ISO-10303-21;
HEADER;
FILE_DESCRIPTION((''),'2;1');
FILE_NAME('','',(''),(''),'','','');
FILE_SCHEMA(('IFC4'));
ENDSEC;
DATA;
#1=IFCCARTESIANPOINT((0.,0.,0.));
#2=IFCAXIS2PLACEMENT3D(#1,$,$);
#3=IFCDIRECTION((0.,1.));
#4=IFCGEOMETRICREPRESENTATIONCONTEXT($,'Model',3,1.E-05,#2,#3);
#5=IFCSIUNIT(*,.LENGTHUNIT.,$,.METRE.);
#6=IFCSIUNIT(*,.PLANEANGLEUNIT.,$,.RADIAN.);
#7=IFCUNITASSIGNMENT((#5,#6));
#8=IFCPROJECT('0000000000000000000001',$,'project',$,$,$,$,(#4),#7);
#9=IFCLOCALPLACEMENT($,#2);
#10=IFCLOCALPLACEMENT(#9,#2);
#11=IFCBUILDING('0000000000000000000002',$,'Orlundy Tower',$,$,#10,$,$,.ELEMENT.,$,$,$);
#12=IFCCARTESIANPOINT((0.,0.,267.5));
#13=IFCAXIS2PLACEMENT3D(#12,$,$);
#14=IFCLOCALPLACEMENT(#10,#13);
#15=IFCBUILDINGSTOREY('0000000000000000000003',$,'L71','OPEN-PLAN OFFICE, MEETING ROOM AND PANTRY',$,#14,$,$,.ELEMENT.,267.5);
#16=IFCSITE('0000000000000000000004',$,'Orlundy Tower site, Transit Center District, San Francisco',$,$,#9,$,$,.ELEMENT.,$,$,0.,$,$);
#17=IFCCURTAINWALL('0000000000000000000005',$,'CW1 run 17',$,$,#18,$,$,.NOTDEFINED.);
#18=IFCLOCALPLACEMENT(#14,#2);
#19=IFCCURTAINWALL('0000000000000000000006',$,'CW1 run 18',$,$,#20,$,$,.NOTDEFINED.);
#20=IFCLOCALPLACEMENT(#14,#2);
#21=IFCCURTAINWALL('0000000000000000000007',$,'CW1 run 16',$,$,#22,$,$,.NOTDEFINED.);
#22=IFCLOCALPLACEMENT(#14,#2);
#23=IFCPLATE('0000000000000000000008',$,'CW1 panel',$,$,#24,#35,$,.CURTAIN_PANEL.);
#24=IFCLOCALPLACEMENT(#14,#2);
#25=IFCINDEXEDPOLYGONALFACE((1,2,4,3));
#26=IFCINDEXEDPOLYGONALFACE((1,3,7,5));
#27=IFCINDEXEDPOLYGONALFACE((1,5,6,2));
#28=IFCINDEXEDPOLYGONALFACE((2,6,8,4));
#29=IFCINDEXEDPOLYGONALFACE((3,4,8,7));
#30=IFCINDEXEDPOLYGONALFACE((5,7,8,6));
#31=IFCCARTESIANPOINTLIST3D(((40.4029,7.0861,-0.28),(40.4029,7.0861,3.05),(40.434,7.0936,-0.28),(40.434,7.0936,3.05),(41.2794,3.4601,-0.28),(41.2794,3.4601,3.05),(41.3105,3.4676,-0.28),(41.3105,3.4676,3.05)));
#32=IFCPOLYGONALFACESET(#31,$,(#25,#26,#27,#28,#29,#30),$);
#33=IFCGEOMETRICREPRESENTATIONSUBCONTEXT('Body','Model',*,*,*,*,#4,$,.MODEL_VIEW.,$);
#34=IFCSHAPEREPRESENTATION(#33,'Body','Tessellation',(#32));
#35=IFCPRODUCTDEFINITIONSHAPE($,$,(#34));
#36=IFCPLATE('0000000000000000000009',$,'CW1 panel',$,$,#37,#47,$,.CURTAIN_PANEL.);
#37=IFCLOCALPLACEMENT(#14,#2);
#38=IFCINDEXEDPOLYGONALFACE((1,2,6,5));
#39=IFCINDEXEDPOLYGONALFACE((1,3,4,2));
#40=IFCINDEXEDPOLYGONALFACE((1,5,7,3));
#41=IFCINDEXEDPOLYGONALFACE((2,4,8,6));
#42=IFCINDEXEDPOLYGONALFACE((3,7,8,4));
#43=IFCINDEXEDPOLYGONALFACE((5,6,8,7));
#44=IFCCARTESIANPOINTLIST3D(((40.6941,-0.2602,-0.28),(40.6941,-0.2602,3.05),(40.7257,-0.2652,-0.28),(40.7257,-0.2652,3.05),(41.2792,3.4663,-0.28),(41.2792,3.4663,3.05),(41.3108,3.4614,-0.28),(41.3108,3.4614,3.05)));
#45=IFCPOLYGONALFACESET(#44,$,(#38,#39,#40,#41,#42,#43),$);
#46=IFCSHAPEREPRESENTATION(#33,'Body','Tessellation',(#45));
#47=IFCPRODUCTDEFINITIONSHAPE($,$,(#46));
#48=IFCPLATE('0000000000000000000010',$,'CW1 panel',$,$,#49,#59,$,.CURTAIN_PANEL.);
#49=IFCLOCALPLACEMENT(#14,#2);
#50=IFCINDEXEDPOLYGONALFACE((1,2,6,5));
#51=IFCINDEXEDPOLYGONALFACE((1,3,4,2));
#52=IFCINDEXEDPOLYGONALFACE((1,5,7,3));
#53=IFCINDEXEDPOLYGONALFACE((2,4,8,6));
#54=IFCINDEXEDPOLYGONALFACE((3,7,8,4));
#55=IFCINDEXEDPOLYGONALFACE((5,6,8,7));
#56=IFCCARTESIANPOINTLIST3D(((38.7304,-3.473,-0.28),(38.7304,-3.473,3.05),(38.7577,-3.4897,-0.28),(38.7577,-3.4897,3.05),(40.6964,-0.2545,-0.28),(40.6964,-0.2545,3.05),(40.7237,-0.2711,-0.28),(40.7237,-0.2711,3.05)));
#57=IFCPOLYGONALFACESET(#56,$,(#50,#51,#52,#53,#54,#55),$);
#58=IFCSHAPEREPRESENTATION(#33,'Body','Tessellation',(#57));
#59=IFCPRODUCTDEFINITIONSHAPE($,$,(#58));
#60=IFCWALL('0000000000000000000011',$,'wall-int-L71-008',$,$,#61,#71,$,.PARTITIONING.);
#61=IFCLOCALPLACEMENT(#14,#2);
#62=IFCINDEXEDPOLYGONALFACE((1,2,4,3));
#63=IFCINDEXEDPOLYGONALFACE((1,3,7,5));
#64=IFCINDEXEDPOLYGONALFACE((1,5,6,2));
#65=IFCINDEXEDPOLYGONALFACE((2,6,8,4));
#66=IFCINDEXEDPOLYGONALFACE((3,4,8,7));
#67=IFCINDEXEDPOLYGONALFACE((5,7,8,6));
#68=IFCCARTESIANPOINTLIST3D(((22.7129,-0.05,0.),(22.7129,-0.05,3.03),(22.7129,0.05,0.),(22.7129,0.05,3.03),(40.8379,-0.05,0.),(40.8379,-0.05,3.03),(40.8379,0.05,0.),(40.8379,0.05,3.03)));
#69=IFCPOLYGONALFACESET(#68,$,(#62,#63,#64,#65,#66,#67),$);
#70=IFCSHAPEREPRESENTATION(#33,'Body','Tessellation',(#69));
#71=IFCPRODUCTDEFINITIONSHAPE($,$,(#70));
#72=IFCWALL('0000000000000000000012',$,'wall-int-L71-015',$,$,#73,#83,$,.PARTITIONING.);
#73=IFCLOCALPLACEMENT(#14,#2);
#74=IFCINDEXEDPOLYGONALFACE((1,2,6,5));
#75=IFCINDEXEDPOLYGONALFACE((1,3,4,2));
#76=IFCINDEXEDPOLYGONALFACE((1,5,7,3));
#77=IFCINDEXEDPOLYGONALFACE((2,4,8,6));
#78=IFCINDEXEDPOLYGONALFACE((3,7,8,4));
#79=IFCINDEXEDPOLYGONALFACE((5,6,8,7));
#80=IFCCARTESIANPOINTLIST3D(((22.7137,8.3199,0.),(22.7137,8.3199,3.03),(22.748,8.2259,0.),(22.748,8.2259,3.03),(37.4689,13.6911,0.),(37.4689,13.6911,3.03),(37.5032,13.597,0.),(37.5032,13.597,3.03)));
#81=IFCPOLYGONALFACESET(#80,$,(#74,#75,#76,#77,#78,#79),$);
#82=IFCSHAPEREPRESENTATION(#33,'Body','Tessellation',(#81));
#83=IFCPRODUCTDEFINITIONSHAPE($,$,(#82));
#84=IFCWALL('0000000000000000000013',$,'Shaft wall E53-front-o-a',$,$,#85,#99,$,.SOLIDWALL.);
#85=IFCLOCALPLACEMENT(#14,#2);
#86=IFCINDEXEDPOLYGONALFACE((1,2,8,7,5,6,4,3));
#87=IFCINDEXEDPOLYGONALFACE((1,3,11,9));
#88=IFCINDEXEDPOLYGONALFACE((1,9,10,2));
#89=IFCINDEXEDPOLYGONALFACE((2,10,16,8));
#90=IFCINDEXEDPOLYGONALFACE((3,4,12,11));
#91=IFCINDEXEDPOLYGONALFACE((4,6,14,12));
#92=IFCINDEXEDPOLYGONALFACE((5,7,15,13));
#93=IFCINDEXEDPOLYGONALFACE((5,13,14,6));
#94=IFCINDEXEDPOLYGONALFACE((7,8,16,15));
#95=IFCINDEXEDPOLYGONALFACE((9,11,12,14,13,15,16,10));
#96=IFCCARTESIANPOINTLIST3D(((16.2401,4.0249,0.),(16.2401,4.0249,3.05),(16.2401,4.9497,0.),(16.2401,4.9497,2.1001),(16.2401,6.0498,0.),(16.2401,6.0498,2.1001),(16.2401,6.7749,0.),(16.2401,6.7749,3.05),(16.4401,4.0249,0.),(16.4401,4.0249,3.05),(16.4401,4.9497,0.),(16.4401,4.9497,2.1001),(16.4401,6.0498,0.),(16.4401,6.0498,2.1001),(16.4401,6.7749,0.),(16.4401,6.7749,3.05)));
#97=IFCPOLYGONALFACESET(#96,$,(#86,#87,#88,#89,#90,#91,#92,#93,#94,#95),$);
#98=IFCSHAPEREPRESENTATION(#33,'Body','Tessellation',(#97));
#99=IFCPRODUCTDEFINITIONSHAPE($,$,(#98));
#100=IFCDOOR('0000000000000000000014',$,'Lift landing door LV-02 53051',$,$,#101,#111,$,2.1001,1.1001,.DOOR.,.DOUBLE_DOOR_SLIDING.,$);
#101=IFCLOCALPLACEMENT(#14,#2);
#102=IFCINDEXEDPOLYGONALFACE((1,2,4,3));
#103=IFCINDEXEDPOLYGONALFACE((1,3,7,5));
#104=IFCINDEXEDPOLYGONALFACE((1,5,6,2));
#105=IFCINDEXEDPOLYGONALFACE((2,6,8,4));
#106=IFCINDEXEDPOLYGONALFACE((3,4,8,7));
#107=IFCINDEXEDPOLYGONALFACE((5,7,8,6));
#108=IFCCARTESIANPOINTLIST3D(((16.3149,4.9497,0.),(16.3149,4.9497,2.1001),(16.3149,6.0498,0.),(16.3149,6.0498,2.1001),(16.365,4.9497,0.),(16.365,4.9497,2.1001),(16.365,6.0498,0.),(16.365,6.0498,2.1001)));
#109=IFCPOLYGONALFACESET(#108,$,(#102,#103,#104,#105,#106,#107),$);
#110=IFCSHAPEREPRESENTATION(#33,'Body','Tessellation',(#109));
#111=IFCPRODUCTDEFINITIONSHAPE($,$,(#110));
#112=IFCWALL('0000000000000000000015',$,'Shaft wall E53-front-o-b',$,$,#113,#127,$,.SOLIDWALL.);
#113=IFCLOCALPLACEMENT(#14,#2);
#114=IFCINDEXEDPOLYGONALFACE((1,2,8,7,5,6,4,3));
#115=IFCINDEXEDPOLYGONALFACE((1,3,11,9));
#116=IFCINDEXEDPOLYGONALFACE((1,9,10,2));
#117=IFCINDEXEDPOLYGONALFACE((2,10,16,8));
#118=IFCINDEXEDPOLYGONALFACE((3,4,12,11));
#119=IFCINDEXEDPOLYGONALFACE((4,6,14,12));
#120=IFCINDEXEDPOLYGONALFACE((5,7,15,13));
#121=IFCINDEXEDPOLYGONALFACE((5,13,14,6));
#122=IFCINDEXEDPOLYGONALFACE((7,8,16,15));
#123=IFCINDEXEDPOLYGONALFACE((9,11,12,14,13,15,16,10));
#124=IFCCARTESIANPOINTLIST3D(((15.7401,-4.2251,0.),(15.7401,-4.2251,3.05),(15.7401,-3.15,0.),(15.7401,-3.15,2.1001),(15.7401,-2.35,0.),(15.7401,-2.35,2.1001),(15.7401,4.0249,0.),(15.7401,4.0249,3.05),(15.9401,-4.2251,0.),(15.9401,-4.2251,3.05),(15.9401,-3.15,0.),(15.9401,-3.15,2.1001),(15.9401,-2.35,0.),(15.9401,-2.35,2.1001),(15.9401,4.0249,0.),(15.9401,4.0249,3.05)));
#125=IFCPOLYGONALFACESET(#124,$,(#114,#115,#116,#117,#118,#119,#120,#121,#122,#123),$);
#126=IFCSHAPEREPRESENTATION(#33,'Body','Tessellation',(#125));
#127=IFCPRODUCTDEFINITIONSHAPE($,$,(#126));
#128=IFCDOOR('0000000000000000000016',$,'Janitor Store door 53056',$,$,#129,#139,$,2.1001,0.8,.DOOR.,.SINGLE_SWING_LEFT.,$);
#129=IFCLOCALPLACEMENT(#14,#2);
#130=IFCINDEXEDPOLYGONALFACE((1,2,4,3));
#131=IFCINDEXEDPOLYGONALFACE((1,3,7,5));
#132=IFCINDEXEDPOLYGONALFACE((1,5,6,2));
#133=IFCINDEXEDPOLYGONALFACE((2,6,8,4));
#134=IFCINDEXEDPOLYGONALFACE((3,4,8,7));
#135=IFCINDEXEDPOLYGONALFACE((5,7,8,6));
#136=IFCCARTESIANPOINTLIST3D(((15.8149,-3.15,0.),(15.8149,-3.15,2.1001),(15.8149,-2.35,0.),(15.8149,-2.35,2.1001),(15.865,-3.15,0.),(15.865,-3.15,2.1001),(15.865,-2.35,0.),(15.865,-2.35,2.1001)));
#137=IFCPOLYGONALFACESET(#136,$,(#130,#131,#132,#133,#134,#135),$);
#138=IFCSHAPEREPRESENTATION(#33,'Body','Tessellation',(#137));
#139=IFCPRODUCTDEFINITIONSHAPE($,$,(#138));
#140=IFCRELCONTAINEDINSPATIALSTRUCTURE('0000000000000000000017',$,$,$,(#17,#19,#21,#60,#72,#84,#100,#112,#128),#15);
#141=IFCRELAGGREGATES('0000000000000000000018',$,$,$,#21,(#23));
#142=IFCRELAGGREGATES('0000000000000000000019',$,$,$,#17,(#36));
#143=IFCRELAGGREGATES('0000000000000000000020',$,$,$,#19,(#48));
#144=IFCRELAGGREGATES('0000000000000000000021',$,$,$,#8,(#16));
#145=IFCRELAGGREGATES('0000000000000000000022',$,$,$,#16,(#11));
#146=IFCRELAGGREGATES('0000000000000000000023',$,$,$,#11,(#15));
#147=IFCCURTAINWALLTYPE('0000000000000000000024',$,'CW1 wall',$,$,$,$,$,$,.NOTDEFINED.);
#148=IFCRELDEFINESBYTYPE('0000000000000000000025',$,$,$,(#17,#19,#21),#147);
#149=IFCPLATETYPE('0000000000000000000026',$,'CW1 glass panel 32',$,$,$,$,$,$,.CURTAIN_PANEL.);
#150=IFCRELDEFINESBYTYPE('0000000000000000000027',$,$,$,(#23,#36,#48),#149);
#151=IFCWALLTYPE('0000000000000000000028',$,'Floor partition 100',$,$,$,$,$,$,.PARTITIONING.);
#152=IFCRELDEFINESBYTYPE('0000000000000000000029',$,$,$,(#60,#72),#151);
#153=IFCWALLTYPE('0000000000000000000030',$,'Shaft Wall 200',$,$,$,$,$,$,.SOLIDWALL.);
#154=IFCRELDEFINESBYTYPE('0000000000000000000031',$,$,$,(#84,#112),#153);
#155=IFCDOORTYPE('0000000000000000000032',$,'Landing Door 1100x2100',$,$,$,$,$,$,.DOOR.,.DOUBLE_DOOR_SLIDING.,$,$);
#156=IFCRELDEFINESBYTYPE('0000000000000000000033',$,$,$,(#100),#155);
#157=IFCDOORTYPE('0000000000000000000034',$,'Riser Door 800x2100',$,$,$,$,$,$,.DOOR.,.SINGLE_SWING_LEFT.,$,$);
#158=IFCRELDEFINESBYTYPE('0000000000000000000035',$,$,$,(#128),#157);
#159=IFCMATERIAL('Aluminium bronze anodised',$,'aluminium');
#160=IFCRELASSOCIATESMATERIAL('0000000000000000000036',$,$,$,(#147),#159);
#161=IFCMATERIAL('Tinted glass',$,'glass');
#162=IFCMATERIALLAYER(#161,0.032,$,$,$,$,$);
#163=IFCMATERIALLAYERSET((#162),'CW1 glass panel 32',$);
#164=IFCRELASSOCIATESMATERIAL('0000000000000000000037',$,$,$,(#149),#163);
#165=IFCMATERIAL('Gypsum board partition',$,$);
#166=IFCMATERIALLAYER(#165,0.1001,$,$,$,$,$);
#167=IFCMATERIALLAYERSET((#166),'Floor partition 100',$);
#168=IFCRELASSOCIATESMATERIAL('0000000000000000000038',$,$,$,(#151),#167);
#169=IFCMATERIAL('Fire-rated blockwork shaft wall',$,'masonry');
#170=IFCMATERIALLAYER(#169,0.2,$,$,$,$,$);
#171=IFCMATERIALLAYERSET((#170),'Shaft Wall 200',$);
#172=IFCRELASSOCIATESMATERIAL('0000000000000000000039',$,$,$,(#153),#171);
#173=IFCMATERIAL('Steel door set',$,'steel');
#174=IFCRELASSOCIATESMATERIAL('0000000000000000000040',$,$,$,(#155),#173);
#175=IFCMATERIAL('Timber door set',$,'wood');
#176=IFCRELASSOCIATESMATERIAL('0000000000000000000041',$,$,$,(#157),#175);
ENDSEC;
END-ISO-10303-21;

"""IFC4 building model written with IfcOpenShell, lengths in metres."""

from ifc_helpers import new_model, si_unit, direction, frame, frame_2d, origin, origin_2d, place, context, subcontext, project, spatial, rectangle, extrude, material, layer, layer_set, type_object, element, fill, aggregate, save


model = new_model("IFC4")

# Units and contexts
model_context = context("Model", 3, precision=1e-05, world=origin(), true_north=direction((0.0, 1.0)))
body_context = subcontext(model_context, "Body", "Model", "MODEL_VIEW")
ifc_project = project(units=[si_unit("LENGTHUNIT", "METRE"), si_unit("PLANEANGLEUNIT", "RADIAN")], contexts=[model_context])

# Site, building, storey
site_placement = place(None, origin())
site = spatial("IfcSite", under=ifc_project, at=site_placement, Name="Orlundy Tower site, Transit Center District, San Francisco", CompositionType="ELEMENT", RefElevation=0.0)
building_placement = place(site_placement, origin())
building = spatial("IfcBuilding", under=site, at=building_placement, Name="Orlundy Tower", CompositionType="ELEMENT")
storey_placement = place(building_placement, frame((0.0, 0.0, 267.5)))
storey = spatial("IfcBuildingStorey", under=building, at=storey_placement, Name="L71", Description="OPEN-PLAN OFFICE, MEETING ROOM AND PANTRY", CompositionType="ELEMENT", Elevation=267.5)

# Curtain walls
ifc_material_1 = material(Name="Aluminium bronze anodised", Category="aluminium")
curtain_wall_type = type_object("IfcCurtainWallType", Name="CW1 wall", PredefinedType="NOTDEFINED", material=ifc_material_1)
curtain_wall_1_placement = place(storey_placement, origin())
curtain_wall_1 = element("IfcCurtainWall", 1, at=curtain_wall_1_placement, inside=storey, type_object=curtain_wall_type, Name="CW1 run 17", PredefinedType="NOTDEFINED")
curtain_wall_2_placement = place(storey_placement, origin())
curtain_wall_2 = element("IfcCurtainWall", 2, at=curtain_wall_2_placement, inside=storey, type_object=curtain_wall_type, Name="CW1 run 18", PredefinedType="NOTDEFINED")
curtain_wall_3_placement = place(storey_placement, origin())
curtain_wall_3 = element("IfcCurtainWall", 3, at=curtain_wall_3_placement, inside=storey, type_object=curtain_wall_type, Name="CW1 run 16", PredefinedType="NOTDEFINED")

# Plates
ifc_material_2 = material(Name="Tinted glass", Category="glass")
ifc_layer_1 = layer(ifc_material_2, 0.032)
ifc_layer_set_1 = layer_set([ifc_layer_1], Name="CW1 glass panel 32")
plate_type = type_object("IfcPlateType", Name="CW1 glass panel 32", PredefinedType="CURTAIN_PANEL", material=ifc_layer_set_1)
plate_1_placement = place(storey_placement, frame((40.8567, 5.2769, -0.28), z_axis=(0.0, 0.0, 1.0), x_axis=(0.234975, -0.972002, 0.0)))
plate_1 = element("IfcPlate", 4, at=plate_1_placement, type_object=plate_type, Name="CW1 panel", PredefinedType="CURTAIN_PANEL", context=body_context, shape_type="SweptSolid", body=[
    extrude(rectangle(XDim=3.7305, YDim=0.032, at=origin_2d()), origin(), (0.0, 0.0, 1.0), 3.3301),
])
aggregate(curtain_wall_3, [plate_1])
plate_2_placement = place(storey_placement, frame((41.0024, 1.6006, -0.28), z_axis=(0.0, 0.0, 1.0), x_axis=(-0.155117, -0.987896, 0.0)))
plate_2 = element("IfcPlate", 5, at=plate_2_placement, type_object=plate_type, Name="CW1 panel", PredefinedType="CURTAIN_PANEL", context=body_context, shape_type="SweptSolid", body=[
    extrude(rectangle(XDim=3.7722, YDim=0.032, at=origin_2d()), origin(), (0.0, 0.0, 1.0), 3.3301),
])
aggregate(curtain_wall_1, [plate_2])
plate_3_placement = place(storey_placement, frame((39.7271, -1.8721, -0.28), z_axis=(0.0, 0.0, 1.0), x_axis=(-0.521264, -0.853395, 0.0)))
plate_3 = element("IfcPlate", 6, at=plate_3_placement, type_object=plate_type, Name="CW1 panel", PredefinedType="CURTAIN_PANEL", context=body_context, shape_type="SweptSolid", body=[
    extrude(rectangle(XDim=3.7715, YDim=0.032, at=origin_2d()), origin(), (0.0, 0.0, 1.0), 3.3301),
])
aggregate(curtain_wall_2, [plate_3])

# Walls
ifc_material_3 = material(Name="Gypsum board partition")
ifc_layer_2 = layer(ifc_material_3, 0.1001)
ifc_layer_set_2 = layer_set([ifc_layer_2], Name="Floor partition 100")
wall_type_1 = type_object("IfcWallType", Name="Floor partition 100", PredefinedType="PARTITIONING", material=ifc_layer_set_2)
wall_1_placement = place(storey_placement, frame((22.7129, 0.0, 0.0), z_axis=(0.0, 0.0, 1.0), x_axis=(1.0, 0.0, 0.0)))
element("IfcWall", 7, at=wall_1_placement, inside=storey, type_object=wall_type_1, Name="wall-int-L71-008", PredefinedType="PARTITIONING", context=body_context, shape_type="SweptSolid", body=[
    extrude(rectangle(XDim=18.125, YDim=0.1001, at=frame_2d((9.0625, 0.0))), origin(), (0.0, 0.0, 1.0), 3.03),
])
wall_2_placement = place(storey_placement, frame((22.731, 8.2729, 0.0), z_axis=(0.0, 0.0, 1.0), x_axis=(0.939679, 0.342058, 0.0)))
element("IfcWall", 8, at=wall_2_placement, inside=storey, type_object=wall_type_1, Name="wall-int-L71-015", PredefinedType="PARTITIONING", context=body_context, shape_type="SweptSolid", body=[
    extrude(rectangle(XDim=15.7024, YDim=0.1001, at=frame_2d((7.8511, 0.0))), origin(), (0.0, 0.0, 1.0), 3.03),
])

# Walls, openings, doors
ifc_material_4 = material(Name="Fire-rated blockwork shaft wall", Category="masonry")
ifc_layer_3 = layer(ifc_material_4, 0.2)
ifc_layer_set_3 = layer_set([ifc_layer_3], Name="Shaft Wall 200")
wall_type_2 = type_object("IfcWallType", Name="Shaft Wall 200", PredefinedType="SOLIDWALL", material=ifc_layer_set_3)
wall_3_placement = place(storey_placement, frame((16.3401, 6.7749, 0.0), z_axis=(0.0, 0.0, 1.0), x_axis=(0.0, -1.0, 0.0)))
wall_3 = element("IfcWall", 9, at=wall_3_placement, inside=storey, type_object=wall_type_2, Name="Shaft wall E53-front-o-a", PredefinedType="SOLIDWALL", context=body_context, shape_type="SweptSolid", body=[
    extrude(rectangle(XDim=2.75, YDim=0.2, at=frame_2d((1.375, 0.0))), origin(), (0.0, 0.0, 1.0), 3.05),
])
opening_1_placement = place(wall_3_placement, frame((0.7251, 0.0, 0.0)))
opening_1 = element("IfcOpeningElement", 10, at=opening_1_placement, cuts=wall_3, PredefinedType="OPENING", context=body_context, shape_type="SweptSolid", body=[
    extrude(rectangle(XDim=1.1001, YDim=2.1001, at=frame_2d((0.55, 1.05))), frame((0.0, 0.1101, 0.0), z_axis=(0.0, -1.0, 0.0), x_axis=(1.0, 0.0, 0.0)), (0.0, 0.0, 1.0), 0.2202),
])
ifc_material_5 = material(Name="Steel door set", Category="steel")
door_type_1 = type_object("IfcDoorType", Name="Landing Door 1100x2100", OperationType="DOUBLE_DOOR_SLIDING", PredefinedType="DOOR", material=ifc_material_5)
door_1_placement = place(opening_1_placement, origin())
door_1 = element("IfcDoor", 11, at=door_1_placement, inside=storey, type_object=door_type_1, Name="Lift landing door LV-02 53051", OperationType="DOUBLE_DOOR_SLIDING", OverallHeight=2.1001, OverallWidth=1.1001, PredefinedType="DOOR", context=body_context, shape_type="SweptSolid", body=[
    extrude(rectangle(XDim=1.1001, YDim=2.1001, at=frame_2d((0.55, 1.05))), frame((0.0, 0.0249, 0.0), z_axis=(0.0, -1.0, 0.0), x_axis=(1.0, 0.0, 0.0)), (0.0, 0.0, 1.0), 0.05),
])
fill(opening_1, door_1)
wall_4_placement = place(storey_placement, frame((15.8401, 4.0249, 0.0), z_axis=(0.0, 0.0, 1.0), x_axis=(0.0, -1.0, 0.0)))
wall_4 = element("IfcWall", 12, at=wall_4_placement, inside=storey, type_object=wall_type_2, Name="Shaft wall E53-front-o-b", PredefinedType="SOLIDWALL", context=body_context, shape_type="SweptSolid", body=[
    extrude(rectangle(XDim=8.25, YDim=0.2, at=frame_2d((4.125, 0.0))), origin(), (0.0, 0.0, 1.0), 3.05),
])
opening_2_placement = place(wall_4_placement, frame((6.375, 0.0, 0.0)))
opening_2 = element("IfcOpeningElement", 13, at=opening_2_placement, cuts=wall_4, PredefinedType="OPENING", context=body_context, shape_type="SweptSolid", body=[
    extrude(rectangle(XDim=0.8, YDim=2.1001, at=frame_2d((0.3999, 1.05))), frame((0.0, 0.1101, 0.0), z_axis=(0.0, -1.0, 0.0), x_axis=(1.0, 0.0, 0.0)), (0.0, 0.0, 1.0), 0.2202),
])
ifc_material_6 = material(Name="Timber door set", Category="wood")
door_type_2 = type_object("IfcDoorType", Name="Riser Door 800x2100", OperationType="SINGLE_SWING_LEFT", PredefinedType="DOOR", material=ifc_material_6)
door_2_placement = place(opening_2_placement, origin())
door_2 = element("IfcDoor", 14, at=door_2_placement, inside=storey, type_object=door_type_2, Name="Janitor Store door 53056", OperationType="SINGLE_SWING_LEFT", OverallHeight=2.1001, OverallWidth=0.8, PredefinedType="DOOR", context=body_context, shape_type="SweptSolid", body=[
    extrude(rectangle(XDim=0.8, YDim=2.1001, at=frame_2d((0.3999, 1.05))), frame((0.0, 0.0249, 0.0), z_axis=(0.0, -1.0, 0.0), x_axis=(1.0, 0.0, 0.0)), (0.0, 0.0, 1.0), 0.05),
])
fill(opening_2, door_2)

save(model, "model.ifc")
